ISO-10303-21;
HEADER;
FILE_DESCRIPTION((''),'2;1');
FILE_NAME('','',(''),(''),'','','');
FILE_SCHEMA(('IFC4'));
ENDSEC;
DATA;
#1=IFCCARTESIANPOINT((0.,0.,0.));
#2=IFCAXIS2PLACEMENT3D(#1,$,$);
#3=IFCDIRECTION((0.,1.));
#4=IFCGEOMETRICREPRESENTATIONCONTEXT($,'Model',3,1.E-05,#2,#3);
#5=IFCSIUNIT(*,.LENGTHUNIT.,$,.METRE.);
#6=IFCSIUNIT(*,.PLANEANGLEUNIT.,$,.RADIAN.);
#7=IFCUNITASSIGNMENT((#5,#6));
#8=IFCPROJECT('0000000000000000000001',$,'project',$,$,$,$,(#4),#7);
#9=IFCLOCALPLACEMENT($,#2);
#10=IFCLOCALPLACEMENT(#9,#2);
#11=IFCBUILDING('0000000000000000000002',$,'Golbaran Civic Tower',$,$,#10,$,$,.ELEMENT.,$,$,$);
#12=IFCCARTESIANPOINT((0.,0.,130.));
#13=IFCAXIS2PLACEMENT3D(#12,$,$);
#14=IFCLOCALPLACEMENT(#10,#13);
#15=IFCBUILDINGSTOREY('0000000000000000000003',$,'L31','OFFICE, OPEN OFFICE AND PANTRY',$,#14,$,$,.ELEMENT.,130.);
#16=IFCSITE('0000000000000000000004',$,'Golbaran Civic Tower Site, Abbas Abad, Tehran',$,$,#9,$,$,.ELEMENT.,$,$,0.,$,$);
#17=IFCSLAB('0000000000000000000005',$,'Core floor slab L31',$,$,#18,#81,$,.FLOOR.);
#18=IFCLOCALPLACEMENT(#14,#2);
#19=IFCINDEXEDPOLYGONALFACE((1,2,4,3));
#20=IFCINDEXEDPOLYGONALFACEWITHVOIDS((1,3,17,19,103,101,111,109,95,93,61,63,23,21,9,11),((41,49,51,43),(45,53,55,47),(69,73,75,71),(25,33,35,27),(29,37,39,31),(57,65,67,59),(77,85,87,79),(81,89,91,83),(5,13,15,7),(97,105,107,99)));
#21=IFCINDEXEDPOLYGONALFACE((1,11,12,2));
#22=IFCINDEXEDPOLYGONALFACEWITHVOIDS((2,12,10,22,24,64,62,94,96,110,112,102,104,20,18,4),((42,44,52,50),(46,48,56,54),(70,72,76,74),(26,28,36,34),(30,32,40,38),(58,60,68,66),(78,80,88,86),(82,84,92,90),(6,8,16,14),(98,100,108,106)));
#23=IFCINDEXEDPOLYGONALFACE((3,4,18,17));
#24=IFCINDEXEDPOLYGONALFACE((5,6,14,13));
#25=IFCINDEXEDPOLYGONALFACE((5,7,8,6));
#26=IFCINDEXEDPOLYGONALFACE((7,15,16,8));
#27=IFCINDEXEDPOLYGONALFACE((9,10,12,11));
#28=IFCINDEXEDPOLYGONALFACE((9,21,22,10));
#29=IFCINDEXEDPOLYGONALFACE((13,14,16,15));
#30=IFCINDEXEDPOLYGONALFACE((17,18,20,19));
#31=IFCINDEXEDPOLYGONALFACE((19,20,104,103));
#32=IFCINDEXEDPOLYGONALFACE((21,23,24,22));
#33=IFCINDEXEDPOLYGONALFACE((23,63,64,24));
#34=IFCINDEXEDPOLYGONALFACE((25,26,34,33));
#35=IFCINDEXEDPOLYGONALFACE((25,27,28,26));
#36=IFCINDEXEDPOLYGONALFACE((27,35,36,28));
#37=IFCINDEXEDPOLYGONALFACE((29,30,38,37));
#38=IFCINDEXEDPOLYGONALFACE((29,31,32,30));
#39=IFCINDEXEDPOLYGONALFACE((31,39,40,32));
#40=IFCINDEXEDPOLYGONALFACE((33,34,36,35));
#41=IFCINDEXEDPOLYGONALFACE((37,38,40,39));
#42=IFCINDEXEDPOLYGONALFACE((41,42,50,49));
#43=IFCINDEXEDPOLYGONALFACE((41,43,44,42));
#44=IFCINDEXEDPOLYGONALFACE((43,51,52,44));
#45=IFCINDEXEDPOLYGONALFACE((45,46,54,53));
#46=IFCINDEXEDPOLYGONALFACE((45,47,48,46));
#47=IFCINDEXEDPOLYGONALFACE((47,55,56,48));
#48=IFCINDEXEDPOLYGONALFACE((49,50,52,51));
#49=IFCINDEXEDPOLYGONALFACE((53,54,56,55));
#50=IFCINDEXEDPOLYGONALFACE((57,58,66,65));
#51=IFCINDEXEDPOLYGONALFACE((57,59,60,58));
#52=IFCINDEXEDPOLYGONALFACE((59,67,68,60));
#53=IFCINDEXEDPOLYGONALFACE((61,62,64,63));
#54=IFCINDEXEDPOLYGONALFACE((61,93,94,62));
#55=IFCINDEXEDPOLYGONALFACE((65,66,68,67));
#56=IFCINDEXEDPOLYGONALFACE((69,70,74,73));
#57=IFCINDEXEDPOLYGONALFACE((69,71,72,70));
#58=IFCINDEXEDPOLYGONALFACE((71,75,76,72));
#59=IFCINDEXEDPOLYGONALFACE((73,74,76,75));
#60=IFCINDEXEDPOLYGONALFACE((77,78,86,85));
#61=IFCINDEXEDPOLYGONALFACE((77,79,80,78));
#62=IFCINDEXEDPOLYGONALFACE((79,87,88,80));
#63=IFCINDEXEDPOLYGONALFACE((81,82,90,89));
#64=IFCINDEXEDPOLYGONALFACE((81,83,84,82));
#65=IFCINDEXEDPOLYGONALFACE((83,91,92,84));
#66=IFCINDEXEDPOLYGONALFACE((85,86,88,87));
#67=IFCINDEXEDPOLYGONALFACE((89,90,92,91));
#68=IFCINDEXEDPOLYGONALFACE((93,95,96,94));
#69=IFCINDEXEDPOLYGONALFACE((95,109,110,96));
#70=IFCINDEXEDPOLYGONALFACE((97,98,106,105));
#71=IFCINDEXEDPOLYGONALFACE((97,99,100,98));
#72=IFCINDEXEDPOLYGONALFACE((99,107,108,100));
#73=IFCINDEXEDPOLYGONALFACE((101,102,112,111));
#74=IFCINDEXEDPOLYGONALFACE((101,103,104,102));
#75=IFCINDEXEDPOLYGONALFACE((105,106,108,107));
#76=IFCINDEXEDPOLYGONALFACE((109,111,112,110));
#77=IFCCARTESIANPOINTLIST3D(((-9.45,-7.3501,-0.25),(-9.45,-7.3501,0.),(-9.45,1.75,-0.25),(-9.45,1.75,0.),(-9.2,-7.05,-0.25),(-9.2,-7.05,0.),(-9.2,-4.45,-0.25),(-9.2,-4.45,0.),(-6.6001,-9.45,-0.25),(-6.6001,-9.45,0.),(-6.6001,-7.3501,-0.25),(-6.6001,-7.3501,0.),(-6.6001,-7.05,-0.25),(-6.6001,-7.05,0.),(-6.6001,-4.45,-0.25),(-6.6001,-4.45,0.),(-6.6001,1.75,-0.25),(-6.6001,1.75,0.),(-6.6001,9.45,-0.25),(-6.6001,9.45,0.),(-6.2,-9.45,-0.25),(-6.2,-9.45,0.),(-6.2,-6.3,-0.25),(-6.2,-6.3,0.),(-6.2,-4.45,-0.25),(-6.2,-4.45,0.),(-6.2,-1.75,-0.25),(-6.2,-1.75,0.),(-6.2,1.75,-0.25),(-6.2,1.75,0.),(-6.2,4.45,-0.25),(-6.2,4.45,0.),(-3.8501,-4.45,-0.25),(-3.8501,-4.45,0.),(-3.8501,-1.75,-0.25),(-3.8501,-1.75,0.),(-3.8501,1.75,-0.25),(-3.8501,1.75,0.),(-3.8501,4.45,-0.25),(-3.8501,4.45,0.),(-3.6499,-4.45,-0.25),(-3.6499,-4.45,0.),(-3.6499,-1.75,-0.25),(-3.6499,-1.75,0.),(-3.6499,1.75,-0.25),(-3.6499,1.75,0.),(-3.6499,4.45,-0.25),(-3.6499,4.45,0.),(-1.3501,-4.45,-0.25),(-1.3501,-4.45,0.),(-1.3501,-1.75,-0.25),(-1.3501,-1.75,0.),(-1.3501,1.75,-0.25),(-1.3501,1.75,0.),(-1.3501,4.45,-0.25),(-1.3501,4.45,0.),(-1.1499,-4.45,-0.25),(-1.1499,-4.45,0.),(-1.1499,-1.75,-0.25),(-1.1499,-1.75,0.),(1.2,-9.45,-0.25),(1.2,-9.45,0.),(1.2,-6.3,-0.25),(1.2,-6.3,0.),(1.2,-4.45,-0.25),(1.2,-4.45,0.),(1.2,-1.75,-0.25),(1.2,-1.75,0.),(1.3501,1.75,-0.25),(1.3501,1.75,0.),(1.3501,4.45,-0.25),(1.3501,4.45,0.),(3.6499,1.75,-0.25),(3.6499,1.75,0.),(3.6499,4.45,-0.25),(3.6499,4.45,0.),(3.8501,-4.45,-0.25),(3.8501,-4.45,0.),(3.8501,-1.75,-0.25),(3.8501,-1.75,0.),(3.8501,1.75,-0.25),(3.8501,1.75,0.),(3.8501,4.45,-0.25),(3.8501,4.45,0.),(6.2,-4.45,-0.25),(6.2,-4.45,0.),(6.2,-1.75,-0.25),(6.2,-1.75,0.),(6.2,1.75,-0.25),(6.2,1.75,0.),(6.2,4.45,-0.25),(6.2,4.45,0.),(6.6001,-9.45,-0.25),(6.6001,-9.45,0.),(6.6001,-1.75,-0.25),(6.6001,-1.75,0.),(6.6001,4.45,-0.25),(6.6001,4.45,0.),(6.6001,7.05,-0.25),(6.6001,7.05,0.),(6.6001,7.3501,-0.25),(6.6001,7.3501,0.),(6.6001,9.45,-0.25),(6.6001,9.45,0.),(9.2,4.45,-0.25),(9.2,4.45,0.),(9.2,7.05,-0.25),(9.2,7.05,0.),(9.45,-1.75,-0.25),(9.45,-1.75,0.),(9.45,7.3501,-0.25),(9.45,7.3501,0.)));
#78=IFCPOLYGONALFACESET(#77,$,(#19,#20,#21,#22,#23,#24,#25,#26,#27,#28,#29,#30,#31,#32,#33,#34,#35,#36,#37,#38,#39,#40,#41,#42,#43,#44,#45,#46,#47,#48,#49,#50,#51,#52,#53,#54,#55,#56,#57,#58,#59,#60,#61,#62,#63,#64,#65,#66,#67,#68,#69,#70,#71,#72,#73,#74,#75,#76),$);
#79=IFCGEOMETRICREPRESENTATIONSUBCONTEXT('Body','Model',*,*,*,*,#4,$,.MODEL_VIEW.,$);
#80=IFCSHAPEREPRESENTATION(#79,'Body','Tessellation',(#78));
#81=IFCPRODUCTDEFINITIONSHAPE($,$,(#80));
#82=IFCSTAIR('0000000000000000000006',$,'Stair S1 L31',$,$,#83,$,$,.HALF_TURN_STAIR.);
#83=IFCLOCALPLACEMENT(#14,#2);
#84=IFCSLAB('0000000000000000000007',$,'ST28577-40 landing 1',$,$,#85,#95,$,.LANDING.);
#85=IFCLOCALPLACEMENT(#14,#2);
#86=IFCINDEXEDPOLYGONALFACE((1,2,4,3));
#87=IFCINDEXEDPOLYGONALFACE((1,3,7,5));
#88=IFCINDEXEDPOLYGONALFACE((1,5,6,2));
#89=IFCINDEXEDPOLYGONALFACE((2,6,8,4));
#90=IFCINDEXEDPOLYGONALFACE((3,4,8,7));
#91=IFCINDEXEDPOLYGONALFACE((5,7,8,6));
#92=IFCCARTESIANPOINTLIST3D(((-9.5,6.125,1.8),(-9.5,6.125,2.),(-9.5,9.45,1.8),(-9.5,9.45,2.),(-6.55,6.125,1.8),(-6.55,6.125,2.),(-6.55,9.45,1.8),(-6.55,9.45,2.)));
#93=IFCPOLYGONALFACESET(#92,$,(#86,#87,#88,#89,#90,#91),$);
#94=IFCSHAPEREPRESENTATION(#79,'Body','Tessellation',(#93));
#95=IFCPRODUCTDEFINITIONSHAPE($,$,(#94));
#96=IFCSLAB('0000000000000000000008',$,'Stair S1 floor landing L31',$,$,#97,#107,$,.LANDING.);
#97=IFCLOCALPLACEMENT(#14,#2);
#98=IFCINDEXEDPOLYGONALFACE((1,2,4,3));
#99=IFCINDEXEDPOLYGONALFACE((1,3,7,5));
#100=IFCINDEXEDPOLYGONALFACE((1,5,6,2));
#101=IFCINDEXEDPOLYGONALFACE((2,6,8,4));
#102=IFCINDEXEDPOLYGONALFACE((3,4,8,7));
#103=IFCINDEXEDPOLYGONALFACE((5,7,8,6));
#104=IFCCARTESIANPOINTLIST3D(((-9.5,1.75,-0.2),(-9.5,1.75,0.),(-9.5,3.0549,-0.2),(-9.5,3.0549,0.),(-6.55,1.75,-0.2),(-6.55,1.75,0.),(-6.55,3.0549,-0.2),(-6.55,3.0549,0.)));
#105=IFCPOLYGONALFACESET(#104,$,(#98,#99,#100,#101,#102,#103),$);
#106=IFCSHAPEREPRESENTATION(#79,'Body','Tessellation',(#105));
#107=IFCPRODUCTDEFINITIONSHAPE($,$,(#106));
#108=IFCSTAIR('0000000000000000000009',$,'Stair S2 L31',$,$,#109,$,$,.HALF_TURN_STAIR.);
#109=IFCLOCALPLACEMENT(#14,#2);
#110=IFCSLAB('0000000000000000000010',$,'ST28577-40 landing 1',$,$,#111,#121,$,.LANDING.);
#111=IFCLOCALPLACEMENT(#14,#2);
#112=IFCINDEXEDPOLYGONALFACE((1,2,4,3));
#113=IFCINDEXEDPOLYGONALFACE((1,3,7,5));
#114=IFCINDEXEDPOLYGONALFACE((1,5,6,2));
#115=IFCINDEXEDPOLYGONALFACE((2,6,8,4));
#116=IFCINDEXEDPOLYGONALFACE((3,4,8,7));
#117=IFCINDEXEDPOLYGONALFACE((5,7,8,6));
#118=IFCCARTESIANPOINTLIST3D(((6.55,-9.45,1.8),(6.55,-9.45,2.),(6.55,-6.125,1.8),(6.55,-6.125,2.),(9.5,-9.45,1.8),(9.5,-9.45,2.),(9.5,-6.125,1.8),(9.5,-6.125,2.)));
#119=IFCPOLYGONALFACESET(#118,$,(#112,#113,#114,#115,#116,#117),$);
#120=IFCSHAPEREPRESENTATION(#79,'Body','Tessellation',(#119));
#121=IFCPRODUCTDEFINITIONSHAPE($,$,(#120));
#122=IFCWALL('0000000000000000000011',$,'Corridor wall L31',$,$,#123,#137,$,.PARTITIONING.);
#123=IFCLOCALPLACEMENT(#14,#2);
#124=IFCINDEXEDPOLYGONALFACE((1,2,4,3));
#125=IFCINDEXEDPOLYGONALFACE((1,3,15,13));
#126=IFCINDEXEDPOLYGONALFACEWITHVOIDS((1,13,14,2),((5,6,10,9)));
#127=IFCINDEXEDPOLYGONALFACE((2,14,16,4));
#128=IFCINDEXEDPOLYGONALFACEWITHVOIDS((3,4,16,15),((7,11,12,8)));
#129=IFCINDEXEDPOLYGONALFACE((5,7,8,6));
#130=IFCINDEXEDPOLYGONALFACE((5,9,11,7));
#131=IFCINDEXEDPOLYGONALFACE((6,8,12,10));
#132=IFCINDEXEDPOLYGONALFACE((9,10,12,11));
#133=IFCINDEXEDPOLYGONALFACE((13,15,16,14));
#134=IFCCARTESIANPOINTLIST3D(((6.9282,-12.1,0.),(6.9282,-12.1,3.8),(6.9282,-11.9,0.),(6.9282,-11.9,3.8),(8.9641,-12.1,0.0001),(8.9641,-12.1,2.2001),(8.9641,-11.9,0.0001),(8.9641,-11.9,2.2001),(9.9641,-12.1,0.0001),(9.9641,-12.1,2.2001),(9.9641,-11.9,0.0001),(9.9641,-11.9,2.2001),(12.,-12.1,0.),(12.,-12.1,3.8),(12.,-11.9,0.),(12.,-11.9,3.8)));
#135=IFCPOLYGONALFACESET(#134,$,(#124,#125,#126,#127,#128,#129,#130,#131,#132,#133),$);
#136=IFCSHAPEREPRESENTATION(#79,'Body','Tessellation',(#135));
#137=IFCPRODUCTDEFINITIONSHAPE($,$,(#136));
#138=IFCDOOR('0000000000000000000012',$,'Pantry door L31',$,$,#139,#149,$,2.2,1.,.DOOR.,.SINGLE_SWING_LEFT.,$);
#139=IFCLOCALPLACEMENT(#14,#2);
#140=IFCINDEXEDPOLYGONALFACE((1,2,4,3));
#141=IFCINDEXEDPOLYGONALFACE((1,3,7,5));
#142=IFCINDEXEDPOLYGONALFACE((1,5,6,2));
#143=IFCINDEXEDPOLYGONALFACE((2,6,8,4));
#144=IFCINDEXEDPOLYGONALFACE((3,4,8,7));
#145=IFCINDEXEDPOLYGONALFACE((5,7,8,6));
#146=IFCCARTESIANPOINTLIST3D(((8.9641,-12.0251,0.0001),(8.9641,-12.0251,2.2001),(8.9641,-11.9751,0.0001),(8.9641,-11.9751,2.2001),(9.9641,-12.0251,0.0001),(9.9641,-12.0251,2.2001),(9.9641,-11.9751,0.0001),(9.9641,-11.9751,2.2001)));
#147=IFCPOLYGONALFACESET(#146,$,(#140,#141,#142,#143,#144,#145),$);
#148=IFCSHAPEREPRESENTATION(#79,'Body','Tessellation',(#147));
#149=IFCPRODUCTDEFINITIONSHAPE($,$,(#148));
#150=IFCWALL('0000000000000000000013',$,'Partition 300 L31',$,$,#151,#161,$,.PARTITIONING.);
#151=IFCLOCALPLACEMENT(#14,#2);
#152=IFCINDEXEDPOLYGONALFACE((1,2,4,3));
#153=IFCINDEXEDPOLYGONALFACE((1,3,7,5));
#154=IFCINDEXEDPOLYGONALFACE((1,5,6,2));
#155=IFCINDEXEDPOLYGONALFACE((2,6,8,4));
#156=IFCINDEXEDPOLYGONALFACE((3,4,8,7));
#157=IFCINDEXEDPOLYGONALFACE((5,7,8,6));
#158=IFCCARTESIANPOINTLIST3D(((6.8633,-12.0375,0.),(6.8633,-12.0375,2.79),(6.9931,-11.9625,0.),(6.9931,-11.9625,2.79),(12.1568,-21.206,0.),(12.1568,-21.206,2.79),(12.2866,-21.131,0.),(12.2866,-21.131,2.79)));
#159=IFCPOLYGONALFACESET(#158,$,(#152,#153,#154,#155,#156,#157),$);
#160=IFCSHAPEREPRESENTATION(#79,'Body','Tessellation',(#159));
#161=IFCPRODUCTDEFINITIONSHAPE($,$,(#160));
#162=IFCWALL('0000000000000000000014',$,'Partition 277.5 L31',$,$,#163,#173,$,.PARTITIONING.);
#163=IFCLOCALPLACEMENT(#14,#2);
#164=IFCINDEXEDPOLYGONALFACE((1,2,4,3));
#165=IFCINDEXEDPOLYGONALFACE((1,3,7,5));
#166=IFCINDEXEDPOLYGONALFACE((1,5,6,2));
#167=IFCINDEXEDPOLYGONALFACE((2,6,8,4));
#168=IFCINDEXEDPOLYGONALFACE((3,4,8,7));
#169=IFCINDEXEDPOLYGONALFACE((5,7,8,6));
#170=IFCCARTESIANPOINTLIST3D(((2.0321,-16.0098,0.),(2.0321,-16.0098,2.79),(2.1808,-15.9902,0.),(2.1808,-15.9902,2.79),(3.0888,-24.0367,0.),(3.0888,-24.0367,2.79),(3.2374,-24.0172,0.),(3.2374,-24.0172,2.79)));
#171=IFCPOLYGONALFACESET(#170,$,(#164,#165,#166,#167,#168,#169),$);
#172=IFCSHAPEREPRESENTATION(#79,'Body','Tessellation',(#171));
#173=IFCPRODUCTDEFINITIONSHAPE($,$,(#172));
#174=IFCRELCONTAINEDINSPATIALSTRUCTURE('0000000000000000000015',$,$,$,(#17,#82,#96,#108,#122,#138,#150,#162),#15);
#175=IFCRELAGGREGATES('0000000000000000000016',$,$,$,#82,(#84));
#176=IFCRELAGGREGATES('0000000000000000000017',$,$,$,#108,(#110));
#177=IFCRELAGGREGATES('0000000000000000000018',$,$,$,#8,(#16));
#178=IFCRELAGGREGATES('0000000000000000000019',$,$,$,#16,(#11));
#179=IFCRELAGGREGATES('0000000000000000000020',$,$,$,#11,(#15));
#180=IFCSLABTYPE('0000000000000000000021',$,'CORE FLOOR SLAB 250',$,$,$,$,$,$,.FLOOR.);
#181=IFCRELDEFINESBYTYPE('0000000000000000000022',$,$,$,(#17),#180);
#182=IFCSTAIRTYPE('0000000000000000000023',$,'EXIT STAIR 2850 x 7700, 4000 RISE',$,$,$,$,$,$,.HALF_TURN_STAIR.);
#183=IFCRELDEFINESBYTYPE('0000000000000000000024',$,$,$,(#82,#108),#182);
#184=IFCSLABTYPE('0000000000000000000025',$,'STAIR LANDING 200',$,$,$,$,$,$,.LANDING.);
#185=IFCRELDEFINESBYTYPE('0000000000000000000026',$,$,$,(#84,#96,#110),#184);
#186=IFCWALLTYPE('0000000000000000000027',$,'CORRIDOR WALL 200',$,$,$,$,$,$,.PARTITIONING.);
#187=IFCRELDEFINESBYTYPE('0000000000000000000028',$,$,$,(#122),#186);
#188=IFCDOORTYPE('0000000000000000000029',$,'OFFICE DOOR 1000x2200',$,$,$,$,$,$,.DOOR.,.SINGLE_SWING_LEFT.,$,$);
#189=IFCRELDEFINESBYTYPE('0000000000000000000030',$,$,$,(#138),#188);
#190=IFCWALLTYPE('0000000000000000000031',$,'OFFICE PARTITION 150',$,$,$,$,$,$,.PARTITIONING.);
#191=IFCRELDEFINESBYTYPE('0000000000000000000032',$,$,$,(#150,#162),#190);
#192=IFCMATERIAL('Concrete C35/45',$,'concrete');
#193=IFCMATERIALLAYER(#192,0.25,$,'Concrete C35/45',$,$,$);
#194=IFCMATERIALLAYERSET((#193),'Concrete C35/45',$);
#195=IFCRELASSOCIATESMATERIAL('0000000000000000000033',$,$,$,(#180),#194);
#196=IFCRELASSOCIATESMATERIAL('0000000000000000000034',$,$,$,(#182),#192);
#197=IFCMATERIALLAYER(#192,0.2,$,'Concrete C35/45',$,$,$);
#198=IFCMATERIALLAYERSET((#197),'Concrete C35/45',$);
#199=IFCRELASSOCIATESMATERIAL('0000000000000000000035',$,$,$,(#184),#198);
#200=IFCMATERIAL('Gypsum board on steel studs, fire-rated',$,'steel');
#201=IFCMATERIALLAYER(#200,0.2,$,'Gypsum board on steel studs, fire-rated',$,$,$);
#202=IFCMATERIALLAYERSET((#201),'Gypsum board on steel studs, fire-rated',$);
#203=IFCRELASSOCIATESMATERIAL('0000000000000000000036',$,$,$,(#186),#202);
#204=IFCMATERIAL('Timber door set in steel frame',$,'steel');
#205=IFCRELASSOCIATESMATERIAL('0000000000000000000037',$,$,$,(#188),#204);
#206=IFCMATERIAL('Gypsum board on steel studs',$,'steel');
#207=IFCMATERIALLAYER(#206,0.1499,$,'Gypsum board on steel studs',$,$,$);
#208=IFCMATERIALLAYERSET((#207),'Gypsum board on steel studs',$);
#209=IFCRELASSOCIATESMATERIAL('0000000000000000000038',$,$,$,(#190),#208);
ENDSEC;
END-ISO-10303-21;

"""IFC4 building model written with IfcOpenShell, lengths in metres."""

from ifc_helpers import new_model, si_unit, direction, frame, frame_2d, origin, place, context, subcontext, project, spatial, polyline, rectangle, outline, extrude, material, layer, layer_set, type_object, element, fill, aggregate, save


model = new_model("IFC4")

# Units and contexts
model_context = context("Model", 3, precision=1e-05, world=origin(), true_north=direction((0.0, 1.0)))
body_context = subcontext(model_context, "Body", "Model", "MODEL_VIEW")
ifc_project = project(units=[si_unit("LENGTHUNIT", "METRE"), si_unit("PLANEANGLEUNIT", "RADIAN")], contexts=[model_context])

# Site, building, storey
site_placement = place(None, origin())
site = spatial("IfcSite", under=ifc_project, at=site_placement, Name="Golbaran Civic Tower Site, Abbas Abad, Tehran", CompositionType="ELEMENT", RefElevation=0.0)
building_placement = place(site_placement, origin())
building = spatial("IfcBuilding", under=site, at=building_placement, Name="Golbaran Civic Tower", CompositionType="ELEMENT")
storey_placement = place(building_placement, frame((0.0, 0.0, 130.0)))
storey = spatial("IfcBuildingStorey", under=building, at=storey_placement, Name="L31", Description="OFFICE, OPEN OFFICE AND PANTRY", CompositionType="ELEMENT", Elevation=130.0)

# Slab
ifc_material_1 = material(Name="Concrete C35/45", Category="concrete")
ifc_layer_1 = layer(ifc_material_1, 0.25, Name="Concrete C35/45")
ifc_layer_set_1 = layer_set([ifc_layer_1], Name="Concrete C35/45")
slab_type_1 = type_object("IfcSlabType", Name="CORE FLOOR SLAB 250", PredefinedType="FLOOR", material=ifc_layer_set_1)
slab_1_placement = place(storey_placement, frame((0.0, 0.0, -0.25)))
element("IfcSlab", 1, at=slab_1_placement, inside=storey, type_object=slab_type_1, Name="Core floor slab L31", PredefinedType="FLOOR", context=body_context, shape_type="SweptSolid", body=[
    extrude(outline(polyline([(6.6001, -1.75), (6.6001, -9.45), (1.2, -9.45), (1.2, -6.3), (-6.2, -6.3), (-6.2, -9.45), (-6.6001, -9.45), (-6.6001, -7.3501), (-9.45, -7.3501), (-9.45, 1.75), (-6.6001, 1.75), (-6.6001, 9.45), (6.6001, 9.45), (6.6001, 7.3501), (9.45, 7.3501), (9.45, -1.75), (6.6001, -1.75)]), holes=[polyline([(9.2, 7.05), (6.6001, 7.05), (6.6001, 4.45), (9.2, 4.45), (9.2, 7.05)]), polyline([(6.2, -1.75), (3.8501, -1.75), (3.8501, -4.45), (6.2, -4.45), (6.2, -1.75)]), polyline([(6.2, 4.45), (3.8501, 4.45), (3.8501, 1.75), (6.2, 1.75), (6.2, 4.45)]), polyline([(3.6499, 4.45), (1.3501, 4.45), (1.3501, 1.75), (3.6499, 1.75), (3.6499, 4.45)]), polyline([(1.2, -1.75), (-1.1499, -1.75), (-1.1499, -4.45), (1.2, -4.45), (1.2, -1.75)]), polyline([(-1.3501, 4.45), (-3.6499, 4.45), (-3.6499, 1.75), (-1.3501, 1.75), (-1.3501, 4.45)]), polyline([(-1.3501, -1.75), (-3.6499, -1.75), (-3.6499, -4.45), (-1.3501, -4.45), (-1.3501, -1.75)]), polyline([(-3.8501, -1.75), (-6.2, -1.75), (-6.2, -4.45), (-3.8501, -4.45), (-3.8501, -1.75)]), polyline([(-3.8501, 4.45), (-6.2, 4.45), (-6.2, 1.75), (-3.8501, 1.75), (-3.8501, 4.45)]), polyline([(-6.6001, -4.45), (-9.2, -4.45), (-9.2, -7.05), (-6.6001, -7.05), (-6.6001, -4.45)])]), origin(), (0.0, 0.0, 1.0), 0.25),
])

# Stair, slab
stair_type = type_object("IfcStairType", Name="EXIT STAIR 2850 x 7700, 4000 RISE", PredefinedType="HALF_TURN_STAIR", material=ifc_material_1)
stair_1_placement = place(storey_placement, origin())
stair_1 = element("IfcStair", 2, at=stair_1_placement, inside=storey, type_object=stair_type, Name="Stair S1 L31", PredefinedType="HALF_TURN_STAIR")
ifc_layer_2 = layer(ifc_material_1, 0.2, Name="Concrete C35/45")
ifc_layer_set_2 = layer_set([ifc_layer_2], Name="Concrete C35/45")
slab_type_2 = type_object("IfcSlabType", Name="STAIR LANDING 200", PredefinedType="LANDING", material=ifc_layer_set_2)
slab_2_placement = place(storey_placement, frame((0.0, 0.0, 1.8)))
slab_2 = element("IfcSlab", 3, at=slab_2_placement, type_object=slab_type_2, Name="ST28577-40 landing 1", PredefinedType="LANDING", context=body_context, shape_type="SweptSolid", body=[
    extrude(outline(polyline([(-9.5, 6.125), (-9.5, 9.45), (-6.55, 9.45), (-6.55, 6.125), (-9.5, 6.125)])), origin(), (0.0, 0.0, 1.0), 0.2),
])
aggregate(stair_1, [slab_2])

# Slab
slab_3_placement = place(storey_placement, frame((0.0, 0.0, -0.2)))
element("IfcSlab", 4, at=slab_3_placement, inside=storey, type_object=slab_type_2, Name="Stair S1 floor landing L31", PredefinedType="LANDING", context=body_context, shape_type="SweptSolid", body=[
    extrude(outline(polyline([(-9.5, 1.75), (-9.5, 3.0549), (-6.55, 3.0549), (-6.55, 1.75), (-9.5, 1.75)])), origin(), (0.0, 0.0, 1.0), 0.2),
])

# Stair, slab
stair_2_placement = place(storey_placement, origin())
stair_2 = element("IfcStair", 5, at=stair_2_placement, inside=storey, type_object=stair_type, Name="Stair S2 L31", PredefinedType="HALF_TURN_STAIR")
slab_4_placement = place(storey_placement, frame((0.0, 0.0, 1.8)))
slab_4 = element("IfcSlab", 6, at=slab_4_placement, type_object=slab_type_2, Name="ST28577-40 landing 1", PredefinedType="LANDING", context=body_context, shape_type="SweptSolid", body=[
    extrude(outline(polyline([(9.5, -6.125), (9.5, -9.45), (6.55, -9.45), (6.55, -6.125), (9.5, -6.125)])), origin(), (0.0, 0.0, 1.0), 0.2),
])

# Wall, opening, door
ifc_material_2 = material(Name="Gypsum board on steel studs, fire-rated", Category="steel")
ifc_layer_3 = layer(ifc_material_2, 0.2, Name="Gypsum board on steel studs, fire-rated")
ifc_layer_set_3 = layer_set([ifc_layer_3], Name="Gypsum board on steel studs, fire-rated")
wall_type_1 = type_object("IfcWallType", Name="CORRIDOR WALL 200", PredefinedType="PARTITIONING", material=ifc_layer_set_3)
wall_1_placement = place(storey_placement, frame((6.9282, -12.0, 0.0), z_axis=(0.0, 0.0, 1.0), x_axis=(1.0, 0.0, 0.0)))
wall_1 = element("IfcWall", 7, at=wall_1_placement, inside=storey, type_object=wall_type_1, Name="Corridor wall L31", PredefinedType="PARTITIONING", context=body_context, shape_type="SweptSolid", body=[
    extrude(rectangle(XDim=5.0718, YDim=0.2, at=frame_2d((2.5359, 0.0))), origin(), (0.0, 0.0, 1.0), 3.8),
])
opening_1_placement = place(wall_1_placement, frame((2.0359, 0.0, 0.0)))
opening_1 = element("IfcOpeningElement", 8, at=opening_1_placement, cuts=wall_1, PredefinedType="OPENING", context=body_context, shape_type="SweptSolid", body=[
    extrude(rectangle(XDim=1.0, YDim=2.2, at=frame_2d((0.5, 1.1001))), frame((0.0, 0.1099, 0.0), z_axis=(0.0, -1.0, 0.0), x_axis=(1.0, 0.0, 0.0)), (0.0, 0.0, 1.0), 0.22),
])
ifc_material_3 = material(Name="Timber door set in steel frame", Category="steel")
door_type_1 = type_object("IfcDoorType", Name="OFFICE DOOR 1000x2200", OperationType="SINGLE_SWING_LEFT", PredefinedType="DOOR", material=ifc_material_3)
door_1_placement = place(opening_1_placement, origin())
door_1 = element("IfcDoor", 9, at=door_1_placement, inside=storey, type_object=door_type_1, Name="Pantry door L31", OperationType="SINGLE_SWING_LEFT", OverallHeight=2.2, OverallWidth=1.0, PredefinedType="DOOR", context=body_context, shape_type="SweptSolid", body=[
    extrude(rectangle(XDim=1.0, YDim=2.2, at=frame_2d((0.5, 1.1001))), frame((0.0, 0.0249, 0.0), z_axis=(0.0, -1.0, 0.0), x_axis=(1.0, 0.0, 0.0)), (0.0, 0.0, 1.0), 0.05),
])
fill(opening_1, door_1)

# Walls
ifc_material_4 = material(Name="Gypsum board on steel studs", Category="steel")
ifc_layer_4 = layer(ifc_material_4, 0.1499, Name="Gypsum board on steel studs")
ifc_layer_set_4 = layer_set([ifc_layer_4], Name="Gypsum board on steel studs")
wall_type_2 = type_object("IfcWallType", Name="OFFICE PARTITION 150", PredefinedType="PARTITIONING", material=ifc_layer_set_4)
wall_2_placement = place(storey_placement, frame((6.9282, -12.0, 0.0), z_axis=(0.0, 0.0, 1.0), x_axis=(0.500003, -0.866024, 0.0)))
element("IfcWall", 10, at=wall_2_placement, inside=storey, type_object=wall_type_2, Name="Partition 300 L31", PredefinedType="PARTITIONING", context=body_context, shape_type="SweptSolid", body=[
    extrude(rectangle(XDim=10.5869, YDim=0.1499, at=frame_2d((5.2935, 0.0))), origin(), (0.0, 0.0, 1.0), 2.79),
])
wall_3_placement = place(storey_placement, frame((2.1064, -16.0, 0.0), z_axis=(0.0, 0.0, 1.0), x_axis=(0.130512, -0.991447, 0.0)))
element("IfcWall", 11, at=wall_3_placement, inside=storey, type_object=wall_type_2, Name="Partition 277.5 L31", PredefinedType="PARTITIONING", context=body_context, shape_type="SweptSolid", body=[
    extrude(rectangle(XDim=8.0962, YDim=0.1499, at=frame_2d((4.0481, 0.0))), origin(), (0.0, 0.0, 1.0), 2.79),
])

aggregate(stair_2, [slab_4])

save(model, "model.ifc")
